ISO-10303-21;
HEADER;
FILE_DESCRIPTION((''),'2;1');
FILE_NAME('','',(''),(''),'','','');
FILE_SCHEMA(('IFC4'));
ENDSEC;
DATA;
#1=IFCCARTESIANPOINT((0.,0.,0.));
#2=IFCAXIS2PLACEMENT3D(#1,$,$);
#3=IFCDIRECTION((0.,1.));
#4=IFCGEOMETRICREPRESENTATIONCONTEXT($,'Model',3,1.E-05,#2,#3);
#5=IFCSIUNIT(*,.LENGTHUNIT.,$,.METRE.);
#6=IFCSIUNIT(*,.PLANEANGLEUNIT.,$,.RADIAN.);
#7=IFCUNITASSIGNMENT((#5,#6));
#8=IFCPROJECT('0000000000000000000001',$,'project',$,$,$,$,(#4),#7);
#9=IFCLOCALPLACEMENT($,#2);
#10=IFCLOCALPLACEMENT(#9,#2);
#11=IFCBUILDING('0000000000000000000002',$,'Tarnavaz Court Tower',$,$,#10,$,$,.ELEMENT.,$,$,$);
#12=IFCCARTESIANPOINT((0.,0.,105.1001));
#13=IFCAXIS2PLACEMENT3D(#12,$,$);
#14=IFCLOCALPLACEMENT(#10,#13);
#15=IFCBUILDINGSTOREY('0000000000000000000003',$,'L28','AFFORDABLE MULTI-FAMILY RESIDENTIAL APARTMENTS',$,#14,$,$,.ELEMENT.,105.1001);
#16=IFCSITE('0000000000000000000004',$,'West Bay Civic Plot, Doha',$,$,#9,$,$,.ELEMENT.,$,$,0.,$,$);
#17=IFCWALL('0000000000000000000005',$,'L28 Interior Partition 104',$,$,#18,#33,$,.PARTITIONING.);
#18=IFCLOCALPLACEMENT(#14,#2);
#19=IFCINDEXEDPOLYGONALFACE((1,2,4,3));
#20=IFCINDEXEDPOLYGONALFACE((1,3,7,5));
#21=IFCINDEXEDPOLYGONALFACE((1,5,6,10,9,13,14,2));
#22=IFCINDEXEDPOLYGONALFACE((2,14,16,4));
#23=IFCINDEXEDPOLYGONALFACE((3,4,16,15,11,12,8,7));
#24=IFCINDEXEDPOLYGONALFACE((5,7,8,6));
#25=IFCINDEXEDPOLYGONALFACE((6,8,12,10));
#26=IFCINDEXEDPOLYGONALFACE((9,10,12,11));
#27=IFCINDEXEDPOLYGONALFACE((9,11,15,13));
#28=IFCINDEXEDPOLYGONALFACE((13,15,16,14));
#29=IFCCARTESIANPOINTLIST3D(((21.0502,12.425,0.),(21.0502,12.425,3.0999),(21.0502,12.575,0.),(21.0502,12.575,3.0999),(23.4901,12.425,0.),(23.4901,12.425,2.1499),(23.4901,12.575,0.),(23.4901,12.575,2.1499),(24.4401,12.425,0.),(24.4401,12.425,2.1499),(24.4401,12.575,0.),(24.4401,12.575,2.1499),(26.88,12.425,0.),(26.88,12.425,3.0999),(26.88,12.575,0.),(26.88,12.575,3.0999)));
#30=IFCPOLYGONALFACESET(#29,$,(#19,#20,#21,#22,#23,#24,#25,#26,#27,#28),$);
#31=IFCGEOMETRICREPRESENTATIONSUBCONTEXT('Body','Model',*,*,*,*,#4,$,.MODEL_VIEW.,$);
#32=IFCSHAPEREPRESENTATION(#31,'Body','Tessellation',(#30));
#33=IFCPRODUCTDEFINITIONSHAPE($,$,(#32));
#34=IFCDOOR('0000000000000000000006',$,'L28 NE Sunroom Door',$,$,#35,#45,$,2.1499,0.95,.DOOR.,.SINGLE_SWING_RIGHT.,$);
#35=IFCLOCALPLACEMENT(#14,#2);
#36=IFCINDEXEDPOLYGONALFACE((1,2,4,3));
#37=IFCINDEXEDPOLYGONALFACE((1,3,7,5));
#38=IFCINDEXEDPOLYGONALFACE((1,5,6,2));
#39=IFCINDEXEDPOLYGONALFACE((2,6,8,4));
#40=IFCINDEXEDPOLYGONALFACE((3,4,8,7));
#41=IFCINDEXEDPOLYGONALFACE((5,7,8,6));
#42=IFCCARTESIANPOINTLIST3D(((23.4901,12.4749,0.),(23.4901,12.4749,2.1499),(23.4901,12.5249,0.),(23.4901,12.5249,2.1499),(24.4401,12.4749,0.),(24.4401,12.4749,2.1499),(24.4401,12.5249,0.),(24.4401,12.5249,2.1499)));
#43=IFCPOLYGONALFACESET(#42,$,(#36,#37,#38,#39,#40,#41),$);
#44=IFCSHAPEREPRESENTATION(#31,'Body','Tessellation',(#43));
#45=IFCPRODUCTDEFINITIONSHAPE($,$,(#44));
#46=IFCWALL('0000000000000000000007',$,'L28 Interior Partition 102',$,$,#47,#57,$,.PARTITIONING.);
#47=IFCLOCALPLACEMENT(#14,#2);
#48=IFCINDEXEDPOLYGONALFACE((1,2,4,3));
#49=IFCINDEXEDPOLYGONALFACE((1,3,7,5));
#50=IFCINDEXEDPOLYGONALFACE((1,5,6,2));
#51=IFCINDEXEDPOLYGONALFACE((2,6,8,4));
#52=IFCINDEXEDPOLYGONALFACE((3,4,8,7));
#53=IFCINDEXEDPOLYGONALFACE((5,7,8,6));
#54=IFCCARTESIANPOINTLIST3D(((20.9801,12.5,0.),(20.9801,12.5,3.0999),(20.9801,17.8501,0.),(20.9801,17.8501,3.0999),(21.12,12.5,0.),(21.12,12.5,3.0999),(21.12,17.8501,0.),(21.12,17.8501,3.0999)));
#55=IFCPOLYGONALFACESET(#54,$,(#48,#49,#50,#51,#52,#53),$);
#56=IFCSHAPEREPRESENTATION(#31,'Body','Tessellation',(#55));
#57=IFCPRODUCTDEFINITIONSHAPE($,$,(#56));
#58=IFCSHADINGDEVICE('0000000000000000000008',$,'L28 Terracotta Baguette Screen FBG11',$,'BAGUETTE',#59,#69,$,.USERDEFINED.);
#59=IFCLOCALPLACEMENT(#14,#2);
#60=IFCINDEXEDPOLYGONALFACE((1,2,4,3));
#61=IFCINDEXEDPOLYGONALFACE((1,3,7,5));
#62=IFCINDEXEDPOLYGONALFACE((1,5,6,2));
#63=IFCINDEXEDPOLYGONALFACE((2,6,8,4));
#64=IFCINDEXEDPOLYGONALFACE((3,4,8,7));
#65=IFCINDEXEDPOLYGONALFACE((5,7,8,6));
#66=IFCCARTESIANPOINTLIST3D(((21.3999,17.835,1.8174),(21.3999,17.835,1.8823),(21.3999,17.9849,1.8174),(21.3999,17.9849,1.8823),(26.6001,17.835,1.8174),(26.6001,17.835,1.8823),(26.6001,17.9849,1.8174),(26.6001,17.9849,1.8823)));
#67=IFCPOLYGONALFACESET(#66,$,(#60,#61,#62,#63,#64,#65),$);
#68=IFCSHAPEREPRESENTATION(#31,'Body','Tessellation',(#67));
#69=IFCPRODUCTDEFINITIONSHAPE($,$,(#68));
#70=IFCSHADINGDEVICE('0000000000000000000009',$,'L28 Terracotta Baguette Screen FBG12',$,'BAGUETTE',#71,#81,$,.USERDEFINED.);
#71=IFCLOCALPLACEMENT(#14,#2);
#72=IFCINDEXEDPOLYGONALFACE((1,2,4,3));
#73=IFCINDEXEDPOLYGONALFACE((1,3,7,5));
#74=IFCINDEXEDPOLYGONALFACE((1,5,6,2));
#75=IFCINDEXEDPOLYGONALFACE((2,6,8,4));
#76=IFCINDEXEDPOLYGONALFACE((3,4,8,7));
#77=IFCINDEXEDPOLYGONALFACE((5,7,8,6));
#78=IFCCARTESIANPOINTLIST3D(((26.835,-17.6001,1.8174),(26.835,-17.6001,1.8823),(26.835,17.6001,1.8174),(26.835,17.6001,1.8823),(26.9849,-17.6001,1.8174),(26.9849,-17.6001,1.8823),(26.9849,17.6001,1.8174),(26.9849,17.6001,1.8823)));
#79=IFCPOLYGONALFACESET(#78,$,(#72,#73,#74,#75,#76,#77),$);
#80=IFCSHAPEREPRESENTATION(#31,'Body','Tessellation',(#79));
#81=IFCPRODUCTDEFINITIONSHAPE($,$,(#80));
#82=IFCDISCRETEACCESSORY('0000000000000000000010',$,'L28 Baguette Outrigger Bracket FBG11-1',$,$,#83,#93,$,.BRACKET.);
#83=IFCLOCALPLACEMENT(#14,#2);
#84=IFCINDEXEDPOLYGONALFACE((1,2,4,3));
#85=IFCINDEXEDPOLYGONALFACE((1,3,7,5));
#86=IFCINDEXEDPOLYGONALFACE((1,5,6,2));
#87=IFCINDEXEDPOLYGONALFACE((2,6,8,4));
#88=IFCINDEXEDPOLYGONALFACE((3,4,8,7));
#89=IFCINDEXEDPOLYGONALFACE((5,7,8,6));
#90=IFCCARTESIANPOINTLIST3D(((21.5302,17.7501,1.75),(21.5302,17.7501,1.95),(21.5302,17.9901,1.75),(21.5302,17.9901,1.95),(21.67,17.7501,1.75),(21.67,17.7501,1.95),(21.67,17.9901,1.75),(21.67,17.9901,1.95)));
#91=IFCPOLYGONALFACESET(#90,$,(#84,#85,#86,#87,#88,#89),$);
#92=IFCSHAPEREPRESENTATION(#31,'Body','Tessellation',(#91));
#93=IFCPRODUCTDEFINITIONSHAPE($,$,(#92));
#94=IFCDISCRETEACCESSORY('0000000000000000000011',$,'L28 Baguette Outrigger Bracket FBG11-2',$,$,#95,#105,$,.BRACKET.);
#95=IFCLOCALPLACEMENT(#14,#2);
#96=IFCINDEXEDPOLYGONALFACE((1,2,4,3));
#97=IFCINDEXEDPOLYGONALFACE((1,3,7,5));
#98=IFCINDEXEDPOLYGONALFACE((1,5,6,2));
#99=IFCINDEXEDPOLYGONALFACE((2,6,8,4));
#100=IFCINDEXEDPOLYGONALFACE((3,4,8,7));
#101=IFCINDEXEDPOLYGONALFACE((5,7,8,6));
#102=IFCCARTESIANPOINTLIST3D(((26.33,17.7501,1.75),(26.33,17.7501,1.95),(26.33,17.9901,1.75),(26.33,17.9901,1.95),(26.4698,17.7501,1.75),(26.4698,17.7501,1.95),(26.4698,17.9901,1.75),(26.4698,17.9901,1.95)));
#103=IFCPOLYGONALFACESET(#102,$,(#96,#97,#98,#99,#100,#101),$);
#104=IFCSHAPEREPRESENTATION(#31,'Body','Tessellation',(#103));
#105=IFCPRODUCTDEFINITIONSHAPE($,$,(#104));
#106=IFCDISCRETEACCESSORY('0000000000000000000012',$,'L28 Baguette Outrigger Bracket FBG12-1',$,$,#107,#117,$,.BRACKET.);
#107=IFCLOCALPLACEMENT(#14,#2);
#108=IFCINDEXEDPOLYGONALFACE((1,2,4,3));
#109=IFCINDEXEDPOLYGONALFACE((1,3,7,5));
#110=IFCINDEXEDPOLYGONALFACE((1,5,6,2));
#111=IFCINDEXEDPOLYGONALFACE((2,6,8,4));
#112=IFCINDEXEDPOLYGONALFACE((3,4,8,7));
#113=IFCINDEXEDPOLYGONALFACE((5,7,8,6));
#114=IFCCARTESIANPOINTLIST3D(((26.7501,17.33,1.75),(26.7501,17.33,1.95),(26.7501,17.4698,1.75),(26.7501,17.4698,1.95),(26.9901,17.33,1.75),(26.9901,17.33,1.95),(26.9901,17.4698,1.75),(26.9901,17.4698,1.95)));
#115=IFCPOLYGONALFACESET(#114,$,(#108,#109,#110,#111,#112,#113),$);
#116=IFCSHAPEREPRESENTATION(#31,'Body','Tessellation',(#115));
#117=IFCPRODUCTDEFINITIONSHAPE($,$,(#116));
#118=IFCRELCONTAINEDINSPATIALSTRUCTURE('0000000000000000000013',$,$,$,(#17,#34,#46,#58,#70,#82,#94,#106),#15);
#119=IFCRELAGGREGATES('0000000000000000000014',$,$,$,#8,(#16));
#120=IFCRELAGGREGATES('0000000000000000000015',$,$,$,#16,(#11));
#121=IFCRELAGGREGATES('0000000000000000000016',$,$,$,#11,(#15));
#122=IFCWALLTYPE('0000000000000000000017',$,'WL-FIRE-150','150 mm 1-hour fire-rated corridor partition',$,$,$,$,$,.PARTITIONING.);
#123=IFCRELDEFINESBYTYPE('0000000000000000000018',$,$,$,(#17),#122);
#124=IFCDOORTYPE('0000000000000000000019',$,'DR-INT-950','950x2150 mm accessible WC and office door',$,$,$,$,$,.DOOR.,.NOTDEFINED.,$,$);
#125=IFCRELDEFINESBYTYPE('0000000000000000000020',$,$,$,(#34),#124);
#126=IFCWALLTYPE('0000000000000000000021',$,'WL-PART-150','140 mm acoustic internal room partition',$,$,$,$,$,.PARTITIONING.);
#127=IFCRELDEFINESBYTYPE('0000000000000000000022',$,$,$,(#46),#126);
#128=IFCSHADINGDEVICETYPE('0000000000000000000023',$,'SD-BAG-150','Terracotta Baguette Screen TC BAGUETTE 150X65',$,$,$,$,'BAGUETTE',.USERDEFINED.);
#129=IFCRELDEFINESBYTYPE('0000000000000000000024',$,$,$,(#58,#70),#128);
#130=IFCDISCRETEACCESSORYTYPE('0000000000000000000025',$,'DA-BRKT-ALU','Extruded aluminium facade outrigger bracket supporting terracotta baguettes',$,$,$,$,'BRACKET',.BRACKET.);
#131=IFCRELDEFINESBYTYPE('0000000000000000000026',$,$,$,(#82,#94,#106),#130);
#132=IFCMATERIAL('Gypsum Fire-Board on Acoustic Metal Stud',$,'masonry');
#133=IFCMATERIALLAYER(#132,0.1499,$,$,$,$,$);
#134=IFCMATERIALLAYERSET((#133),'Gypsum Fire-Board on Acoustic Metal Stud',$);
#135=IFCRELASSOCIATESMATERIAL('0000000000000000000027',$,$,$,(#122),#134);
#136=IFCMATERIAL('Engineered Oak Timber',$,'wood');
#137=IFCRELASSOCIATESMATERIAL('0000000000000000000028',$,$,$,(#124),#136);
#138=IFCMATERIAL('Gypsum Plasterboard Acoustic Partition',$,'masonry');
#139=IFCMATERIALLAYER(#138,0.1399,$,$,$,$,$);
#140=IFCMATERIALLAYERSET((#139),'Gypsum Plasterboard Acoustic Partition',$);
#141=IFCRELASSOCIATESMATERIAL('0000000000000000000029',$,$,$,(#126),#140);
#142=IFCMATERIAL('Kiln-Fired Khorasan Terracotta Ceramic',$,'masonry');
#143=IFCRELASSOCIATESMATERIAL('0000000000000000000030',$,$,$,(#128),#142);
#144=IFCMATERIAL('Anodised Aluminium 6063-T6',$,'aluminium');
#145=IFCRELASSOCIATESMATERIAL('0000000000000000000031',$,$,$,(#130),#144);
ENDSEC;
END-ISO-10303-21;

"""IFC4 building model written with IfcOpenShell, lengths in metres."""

from ifc_helpers import new_model, si_unit, direction, frame, frame_2d, origin, origin_2d, place, context, subcontext, project, spatial, rectangle, extrude, material, layer, layer_set, material_profile, profile_set, type_object, element, fill, save


model = new_model("IFC4")

# Units and contexts
model_context = context("Model", 3, precision=1e-05, world=origin(), true_north=direction((0.0, 1.0)))
body_context = subcontext(model_context, "Body", "Model", "MODEL_VIEW")
ifc_project = project(units=[si_unit("LENGTHUNIT", "METRE"), si_unit("PLANEANGLEUNIT", "RADIAN")], contexts=[model_context])

# Site, building, storey
site_placement = place(None, origin())
site = spatial("IfcSite", under=ifc_project, at=site_placement, Name="West Bay Civic Plot, Doha", CompositionType="ELEMENT", RefElevation=0.0)
building_placement = place(site_placement, origin())
building = spatial("IfcBuilding", under=site, at=building_placement, Name="Tarnavaz Court Tower", CompositionType="ELEMENT")
storey_placement = place(building_placement, frame((0.0, 0.0, 105.1001)))
storey = spatial("IfcBuildingStorey", under=building, at=storey_placement, Name="L28", Description="AFFORDABLE MULTI-FAMILY RESIDENTIAL APARTMENTS", CompositionType="ELEMENT", Elevation=105.1001)

# Wall, opening, door
ifc_material_1 = material(Name="Gypsum Fire-Board on Acoustic Metal Stud", Category="masonry")
ifc_layer_1 = layer(ifc_material_1, 0.1499)
ifc_layer_set_1 = layer_set([ifc_layer_1], Name="Gypsum Fire-Board on Acoustic Metal Stud")
wall_type_1 = type_object("IfcWallType", Name="WL-FIRE-150", Description="150 mm 1-hour fire-rated corridor partition", PredefinedType="PARTITIONING", material=ifc_layer_set_1)
wall_1_placement = place(storey_placement, frame((21.05, 12.5, 0.0), z_axis=(0.0, 0.0, 1.0), x_axis=(1.0, 0.0, 0.0)))
wall_1 = element("IfcWall", 1, at=wall_1_placement, inside=storey, type_object=wall_type_1, Name="L28 Interior Partition 104", PredefinedType="PARTITIONING", context=body_context, shape_type="SweptSolid", body=[
    extrude(rectangle(XDim=5.8298, YDim=0.1499, at=frame_2d((2.915, 0.0))), origin(), (0.0, 0.0, 1.0), 3.0999),
])
opening_1_placement = place(wall_1_placement, frame((2.4399, 0.0, 0.0)))
opening_1 = element("IfcOpeningElement", 2, at=opening_1_placement, cuts=wall_1, PredefinedType="OPENING", context=body_context, shape_type="SweptSolid", body=[
    extrude(rectangle(XDim=0.95, YDim=2.1499, at=frame_2d((0.4751, 1.075))), frame((0.0, 0.085, 0.0), z_axis=(0.0, -1.0, 0.0), x_axis=(1.0, 0.0, 0.0)), (0.0, 0.0, 1.0), 0.1699),
])
ifc_material_2 = material(Name="Engineered Oak Timber", Category="wood")
door_type = type_object("IfcDoorType", Name="DR-INT-950", Description="950x2150 mm accessible WC and office door", OperationType="NOTDEFINED", PredefinedType="DOOR", material=ifc_material_2)
door_placement = place(opening_1_placement, origin())
door = element("IfcDoor", 3, at=door_placement, inside=storey, type_object=door_type, Name="L28 NE Sunroom Door", OperationType="SINGLE_SWING_RIGHT", OverallHeight=2.1499, OverallWidth=0.95, PredefinedType="DOOR", context=body_context, shape_type="SweptSolid", body=[
    extrude(rectangle(XDim=0.95, YDim=2.1499, at=frame_2d((0.4751, 1.075))), frame((0.0, 0.0249, 0.0), z_axis=(0.0, -1.0, 0.0), x_axis=(1.0, 0.0, 0.0)), (0.0, 0.0, 1.0), 0.05),
])
fill(opening_1, door)

# Wall
ifc_material_3 = material(Name="Gypsum Plasterboard Acoustic Partition", Category="masonry")
ifc_layer_2 = layer(ifc_material_3, 0.1399)
ifc_layer_set_2 = layer_set([ifc_layer_2], Name="Gypsum Plasterboard Acoustic Partition")
wall_type_2 = type_object("IfcWallType", Name="WL-PART-150", Description="140 mm acoustic internal room partition", PredefinedType="PARTITIONING", material=ifc_layer_set_2)
wall_2_placement = place(storey_placement, frame((21.05, 12.5, 0.0), z_axis=(0.0, 0.0, 1.0), x_axis=(0.0, 1.0, 0.0)))
element("IfcWall", 4, at=wall_2_placement, inside=storey, type_object=wall_type_2, Name="L28 Interior Partition 102", PredefinedType="PARTITIONING", context=body_context, shape_type="SweptSolid", body=[
    extrude(rectangle(XDim=5.3501, YDim=0.1399, at=frame_2d((2.675, 0.0))), origin(), (0.0, 0.0, 1.0), 3.0999),
])

# Shading devices
ifc_material_4 = material(Name="Kiln-Fired Khorasan Terracotta Ceramic", Category="masonry")
ifc_material_profile_1 = material_profile(ifc_material_4, rectangle(XDim=0.1499, YDim=0.0649, at=origin_2d()), Name="TC BAGUETTE 150X65")
ifc_profile_set_1 = profile_set([ifc_material_profile_1], Name="Kiln-Fired Khorasan Terracotta Ceramic")
shading_device_type = type_object("IfcShadingDeviceType", Name="SD-BAG-150", Description="Terracotta Baguette Screen TC BAGUETTE 150X65", ElementType="BAGUETTE", PredefinedType="USERDEFINED", material=ifc_profile_set_1)
shading_device_1_placement = place(storey_placement, frame((21.3999, 17.9099, 1.8499), z_axis=(1.0, 0.0, 0.0), x_axis=(0.0, 1.0, 0.0)))
element("IfcShadingDevice", 5, at=shading_device_1_placement, inside=storey, type_object=shading_device_type, Name="L28 Terracotta Baguette Screen FBG11", ObjectType="BAGUETTE", PredefinedType="USERDEFINED", context=body_context, shape_type="SweptSolid", body=[
    extrude(rectangle(XDim=0.1499, YDim=0.0649, at=origin_2d()), origin(), (0.0, 0.0, 1.0), 5.2002),
])
shading_device_2_placement = place(storey_placement, frame((26.9099, 17.6001, 1.8499), z_axis=(0.0, -1.0, 0.0), x_axis=(1.0, 0.0, 0.0)))
element("IfcShadingDevice", 6, at=shading_device_2_placement, inside=storey, type_object=shading_device_type, Name="L28 Terracotta Baguette Screen FBG12", ObjectType="BAGUETTE", PredefinedType="USERDEFINED", context=body_context, shape_type="SweptSolid", body=[
    extrude(rectangle(XDim=0.1499, YDim=0.0649, at=origin_2d()), origin(), (0.0, 0.0, 1.0), 35.2002),
])

# Discrete accessories
ifc_material_5 = material(Name="Anodised Aluminium 6063-T6", Category="aluminium")
discrete_accessory_type = type_object("IfcDiscreteAccessoryType", Name="DA-BRKT-ALU", Description="Extruded aluminium facade outrigger bracket supporting terracotta baguettes", ElementType="BRACKET", PredefinedType="BRACKET", material=ifc_material_5)
for number, where, z_axis, x_axis, name in (
    (7, (21.6001, 17.8701, 1.75), (0.0, 0.0, 1.0), (1.0, 0.0, 0.0), "L28 Baguette Outrigger Bracket FBG11-1"),
    (8, (26.3999, 17.8701, 1.75), (0.0, 0.0, 1.0), (1.0, 0.0, 0.0), "L28 Baguette Outrigger Bracket FBG11-2"),
    (9, (26.8701, 17.3999, 1.75), (0.0, 0.0, 1.0), (0.0, -1.0, 0.0), "L28 Baguette Outrigger Bracket FBG12-1"),
):
    element("IfcDiscreteAccessory", number, at=place(storey_placement, frame(where, z_axis=z_axis, x_axis=x_axis)), inside=storey, type_object=discrete_accessory_type, Name=name, PredefinedType="BRACKET", context=body_context, shape_type="SweptSolid", body=[
        extrude(rectangle(XDim=0.1399, YDim=0.24, at=origin_2d()), origin(), (0.0, 0.0, 1.0), 0.2),
    ])

save(model, "model.ifc")
